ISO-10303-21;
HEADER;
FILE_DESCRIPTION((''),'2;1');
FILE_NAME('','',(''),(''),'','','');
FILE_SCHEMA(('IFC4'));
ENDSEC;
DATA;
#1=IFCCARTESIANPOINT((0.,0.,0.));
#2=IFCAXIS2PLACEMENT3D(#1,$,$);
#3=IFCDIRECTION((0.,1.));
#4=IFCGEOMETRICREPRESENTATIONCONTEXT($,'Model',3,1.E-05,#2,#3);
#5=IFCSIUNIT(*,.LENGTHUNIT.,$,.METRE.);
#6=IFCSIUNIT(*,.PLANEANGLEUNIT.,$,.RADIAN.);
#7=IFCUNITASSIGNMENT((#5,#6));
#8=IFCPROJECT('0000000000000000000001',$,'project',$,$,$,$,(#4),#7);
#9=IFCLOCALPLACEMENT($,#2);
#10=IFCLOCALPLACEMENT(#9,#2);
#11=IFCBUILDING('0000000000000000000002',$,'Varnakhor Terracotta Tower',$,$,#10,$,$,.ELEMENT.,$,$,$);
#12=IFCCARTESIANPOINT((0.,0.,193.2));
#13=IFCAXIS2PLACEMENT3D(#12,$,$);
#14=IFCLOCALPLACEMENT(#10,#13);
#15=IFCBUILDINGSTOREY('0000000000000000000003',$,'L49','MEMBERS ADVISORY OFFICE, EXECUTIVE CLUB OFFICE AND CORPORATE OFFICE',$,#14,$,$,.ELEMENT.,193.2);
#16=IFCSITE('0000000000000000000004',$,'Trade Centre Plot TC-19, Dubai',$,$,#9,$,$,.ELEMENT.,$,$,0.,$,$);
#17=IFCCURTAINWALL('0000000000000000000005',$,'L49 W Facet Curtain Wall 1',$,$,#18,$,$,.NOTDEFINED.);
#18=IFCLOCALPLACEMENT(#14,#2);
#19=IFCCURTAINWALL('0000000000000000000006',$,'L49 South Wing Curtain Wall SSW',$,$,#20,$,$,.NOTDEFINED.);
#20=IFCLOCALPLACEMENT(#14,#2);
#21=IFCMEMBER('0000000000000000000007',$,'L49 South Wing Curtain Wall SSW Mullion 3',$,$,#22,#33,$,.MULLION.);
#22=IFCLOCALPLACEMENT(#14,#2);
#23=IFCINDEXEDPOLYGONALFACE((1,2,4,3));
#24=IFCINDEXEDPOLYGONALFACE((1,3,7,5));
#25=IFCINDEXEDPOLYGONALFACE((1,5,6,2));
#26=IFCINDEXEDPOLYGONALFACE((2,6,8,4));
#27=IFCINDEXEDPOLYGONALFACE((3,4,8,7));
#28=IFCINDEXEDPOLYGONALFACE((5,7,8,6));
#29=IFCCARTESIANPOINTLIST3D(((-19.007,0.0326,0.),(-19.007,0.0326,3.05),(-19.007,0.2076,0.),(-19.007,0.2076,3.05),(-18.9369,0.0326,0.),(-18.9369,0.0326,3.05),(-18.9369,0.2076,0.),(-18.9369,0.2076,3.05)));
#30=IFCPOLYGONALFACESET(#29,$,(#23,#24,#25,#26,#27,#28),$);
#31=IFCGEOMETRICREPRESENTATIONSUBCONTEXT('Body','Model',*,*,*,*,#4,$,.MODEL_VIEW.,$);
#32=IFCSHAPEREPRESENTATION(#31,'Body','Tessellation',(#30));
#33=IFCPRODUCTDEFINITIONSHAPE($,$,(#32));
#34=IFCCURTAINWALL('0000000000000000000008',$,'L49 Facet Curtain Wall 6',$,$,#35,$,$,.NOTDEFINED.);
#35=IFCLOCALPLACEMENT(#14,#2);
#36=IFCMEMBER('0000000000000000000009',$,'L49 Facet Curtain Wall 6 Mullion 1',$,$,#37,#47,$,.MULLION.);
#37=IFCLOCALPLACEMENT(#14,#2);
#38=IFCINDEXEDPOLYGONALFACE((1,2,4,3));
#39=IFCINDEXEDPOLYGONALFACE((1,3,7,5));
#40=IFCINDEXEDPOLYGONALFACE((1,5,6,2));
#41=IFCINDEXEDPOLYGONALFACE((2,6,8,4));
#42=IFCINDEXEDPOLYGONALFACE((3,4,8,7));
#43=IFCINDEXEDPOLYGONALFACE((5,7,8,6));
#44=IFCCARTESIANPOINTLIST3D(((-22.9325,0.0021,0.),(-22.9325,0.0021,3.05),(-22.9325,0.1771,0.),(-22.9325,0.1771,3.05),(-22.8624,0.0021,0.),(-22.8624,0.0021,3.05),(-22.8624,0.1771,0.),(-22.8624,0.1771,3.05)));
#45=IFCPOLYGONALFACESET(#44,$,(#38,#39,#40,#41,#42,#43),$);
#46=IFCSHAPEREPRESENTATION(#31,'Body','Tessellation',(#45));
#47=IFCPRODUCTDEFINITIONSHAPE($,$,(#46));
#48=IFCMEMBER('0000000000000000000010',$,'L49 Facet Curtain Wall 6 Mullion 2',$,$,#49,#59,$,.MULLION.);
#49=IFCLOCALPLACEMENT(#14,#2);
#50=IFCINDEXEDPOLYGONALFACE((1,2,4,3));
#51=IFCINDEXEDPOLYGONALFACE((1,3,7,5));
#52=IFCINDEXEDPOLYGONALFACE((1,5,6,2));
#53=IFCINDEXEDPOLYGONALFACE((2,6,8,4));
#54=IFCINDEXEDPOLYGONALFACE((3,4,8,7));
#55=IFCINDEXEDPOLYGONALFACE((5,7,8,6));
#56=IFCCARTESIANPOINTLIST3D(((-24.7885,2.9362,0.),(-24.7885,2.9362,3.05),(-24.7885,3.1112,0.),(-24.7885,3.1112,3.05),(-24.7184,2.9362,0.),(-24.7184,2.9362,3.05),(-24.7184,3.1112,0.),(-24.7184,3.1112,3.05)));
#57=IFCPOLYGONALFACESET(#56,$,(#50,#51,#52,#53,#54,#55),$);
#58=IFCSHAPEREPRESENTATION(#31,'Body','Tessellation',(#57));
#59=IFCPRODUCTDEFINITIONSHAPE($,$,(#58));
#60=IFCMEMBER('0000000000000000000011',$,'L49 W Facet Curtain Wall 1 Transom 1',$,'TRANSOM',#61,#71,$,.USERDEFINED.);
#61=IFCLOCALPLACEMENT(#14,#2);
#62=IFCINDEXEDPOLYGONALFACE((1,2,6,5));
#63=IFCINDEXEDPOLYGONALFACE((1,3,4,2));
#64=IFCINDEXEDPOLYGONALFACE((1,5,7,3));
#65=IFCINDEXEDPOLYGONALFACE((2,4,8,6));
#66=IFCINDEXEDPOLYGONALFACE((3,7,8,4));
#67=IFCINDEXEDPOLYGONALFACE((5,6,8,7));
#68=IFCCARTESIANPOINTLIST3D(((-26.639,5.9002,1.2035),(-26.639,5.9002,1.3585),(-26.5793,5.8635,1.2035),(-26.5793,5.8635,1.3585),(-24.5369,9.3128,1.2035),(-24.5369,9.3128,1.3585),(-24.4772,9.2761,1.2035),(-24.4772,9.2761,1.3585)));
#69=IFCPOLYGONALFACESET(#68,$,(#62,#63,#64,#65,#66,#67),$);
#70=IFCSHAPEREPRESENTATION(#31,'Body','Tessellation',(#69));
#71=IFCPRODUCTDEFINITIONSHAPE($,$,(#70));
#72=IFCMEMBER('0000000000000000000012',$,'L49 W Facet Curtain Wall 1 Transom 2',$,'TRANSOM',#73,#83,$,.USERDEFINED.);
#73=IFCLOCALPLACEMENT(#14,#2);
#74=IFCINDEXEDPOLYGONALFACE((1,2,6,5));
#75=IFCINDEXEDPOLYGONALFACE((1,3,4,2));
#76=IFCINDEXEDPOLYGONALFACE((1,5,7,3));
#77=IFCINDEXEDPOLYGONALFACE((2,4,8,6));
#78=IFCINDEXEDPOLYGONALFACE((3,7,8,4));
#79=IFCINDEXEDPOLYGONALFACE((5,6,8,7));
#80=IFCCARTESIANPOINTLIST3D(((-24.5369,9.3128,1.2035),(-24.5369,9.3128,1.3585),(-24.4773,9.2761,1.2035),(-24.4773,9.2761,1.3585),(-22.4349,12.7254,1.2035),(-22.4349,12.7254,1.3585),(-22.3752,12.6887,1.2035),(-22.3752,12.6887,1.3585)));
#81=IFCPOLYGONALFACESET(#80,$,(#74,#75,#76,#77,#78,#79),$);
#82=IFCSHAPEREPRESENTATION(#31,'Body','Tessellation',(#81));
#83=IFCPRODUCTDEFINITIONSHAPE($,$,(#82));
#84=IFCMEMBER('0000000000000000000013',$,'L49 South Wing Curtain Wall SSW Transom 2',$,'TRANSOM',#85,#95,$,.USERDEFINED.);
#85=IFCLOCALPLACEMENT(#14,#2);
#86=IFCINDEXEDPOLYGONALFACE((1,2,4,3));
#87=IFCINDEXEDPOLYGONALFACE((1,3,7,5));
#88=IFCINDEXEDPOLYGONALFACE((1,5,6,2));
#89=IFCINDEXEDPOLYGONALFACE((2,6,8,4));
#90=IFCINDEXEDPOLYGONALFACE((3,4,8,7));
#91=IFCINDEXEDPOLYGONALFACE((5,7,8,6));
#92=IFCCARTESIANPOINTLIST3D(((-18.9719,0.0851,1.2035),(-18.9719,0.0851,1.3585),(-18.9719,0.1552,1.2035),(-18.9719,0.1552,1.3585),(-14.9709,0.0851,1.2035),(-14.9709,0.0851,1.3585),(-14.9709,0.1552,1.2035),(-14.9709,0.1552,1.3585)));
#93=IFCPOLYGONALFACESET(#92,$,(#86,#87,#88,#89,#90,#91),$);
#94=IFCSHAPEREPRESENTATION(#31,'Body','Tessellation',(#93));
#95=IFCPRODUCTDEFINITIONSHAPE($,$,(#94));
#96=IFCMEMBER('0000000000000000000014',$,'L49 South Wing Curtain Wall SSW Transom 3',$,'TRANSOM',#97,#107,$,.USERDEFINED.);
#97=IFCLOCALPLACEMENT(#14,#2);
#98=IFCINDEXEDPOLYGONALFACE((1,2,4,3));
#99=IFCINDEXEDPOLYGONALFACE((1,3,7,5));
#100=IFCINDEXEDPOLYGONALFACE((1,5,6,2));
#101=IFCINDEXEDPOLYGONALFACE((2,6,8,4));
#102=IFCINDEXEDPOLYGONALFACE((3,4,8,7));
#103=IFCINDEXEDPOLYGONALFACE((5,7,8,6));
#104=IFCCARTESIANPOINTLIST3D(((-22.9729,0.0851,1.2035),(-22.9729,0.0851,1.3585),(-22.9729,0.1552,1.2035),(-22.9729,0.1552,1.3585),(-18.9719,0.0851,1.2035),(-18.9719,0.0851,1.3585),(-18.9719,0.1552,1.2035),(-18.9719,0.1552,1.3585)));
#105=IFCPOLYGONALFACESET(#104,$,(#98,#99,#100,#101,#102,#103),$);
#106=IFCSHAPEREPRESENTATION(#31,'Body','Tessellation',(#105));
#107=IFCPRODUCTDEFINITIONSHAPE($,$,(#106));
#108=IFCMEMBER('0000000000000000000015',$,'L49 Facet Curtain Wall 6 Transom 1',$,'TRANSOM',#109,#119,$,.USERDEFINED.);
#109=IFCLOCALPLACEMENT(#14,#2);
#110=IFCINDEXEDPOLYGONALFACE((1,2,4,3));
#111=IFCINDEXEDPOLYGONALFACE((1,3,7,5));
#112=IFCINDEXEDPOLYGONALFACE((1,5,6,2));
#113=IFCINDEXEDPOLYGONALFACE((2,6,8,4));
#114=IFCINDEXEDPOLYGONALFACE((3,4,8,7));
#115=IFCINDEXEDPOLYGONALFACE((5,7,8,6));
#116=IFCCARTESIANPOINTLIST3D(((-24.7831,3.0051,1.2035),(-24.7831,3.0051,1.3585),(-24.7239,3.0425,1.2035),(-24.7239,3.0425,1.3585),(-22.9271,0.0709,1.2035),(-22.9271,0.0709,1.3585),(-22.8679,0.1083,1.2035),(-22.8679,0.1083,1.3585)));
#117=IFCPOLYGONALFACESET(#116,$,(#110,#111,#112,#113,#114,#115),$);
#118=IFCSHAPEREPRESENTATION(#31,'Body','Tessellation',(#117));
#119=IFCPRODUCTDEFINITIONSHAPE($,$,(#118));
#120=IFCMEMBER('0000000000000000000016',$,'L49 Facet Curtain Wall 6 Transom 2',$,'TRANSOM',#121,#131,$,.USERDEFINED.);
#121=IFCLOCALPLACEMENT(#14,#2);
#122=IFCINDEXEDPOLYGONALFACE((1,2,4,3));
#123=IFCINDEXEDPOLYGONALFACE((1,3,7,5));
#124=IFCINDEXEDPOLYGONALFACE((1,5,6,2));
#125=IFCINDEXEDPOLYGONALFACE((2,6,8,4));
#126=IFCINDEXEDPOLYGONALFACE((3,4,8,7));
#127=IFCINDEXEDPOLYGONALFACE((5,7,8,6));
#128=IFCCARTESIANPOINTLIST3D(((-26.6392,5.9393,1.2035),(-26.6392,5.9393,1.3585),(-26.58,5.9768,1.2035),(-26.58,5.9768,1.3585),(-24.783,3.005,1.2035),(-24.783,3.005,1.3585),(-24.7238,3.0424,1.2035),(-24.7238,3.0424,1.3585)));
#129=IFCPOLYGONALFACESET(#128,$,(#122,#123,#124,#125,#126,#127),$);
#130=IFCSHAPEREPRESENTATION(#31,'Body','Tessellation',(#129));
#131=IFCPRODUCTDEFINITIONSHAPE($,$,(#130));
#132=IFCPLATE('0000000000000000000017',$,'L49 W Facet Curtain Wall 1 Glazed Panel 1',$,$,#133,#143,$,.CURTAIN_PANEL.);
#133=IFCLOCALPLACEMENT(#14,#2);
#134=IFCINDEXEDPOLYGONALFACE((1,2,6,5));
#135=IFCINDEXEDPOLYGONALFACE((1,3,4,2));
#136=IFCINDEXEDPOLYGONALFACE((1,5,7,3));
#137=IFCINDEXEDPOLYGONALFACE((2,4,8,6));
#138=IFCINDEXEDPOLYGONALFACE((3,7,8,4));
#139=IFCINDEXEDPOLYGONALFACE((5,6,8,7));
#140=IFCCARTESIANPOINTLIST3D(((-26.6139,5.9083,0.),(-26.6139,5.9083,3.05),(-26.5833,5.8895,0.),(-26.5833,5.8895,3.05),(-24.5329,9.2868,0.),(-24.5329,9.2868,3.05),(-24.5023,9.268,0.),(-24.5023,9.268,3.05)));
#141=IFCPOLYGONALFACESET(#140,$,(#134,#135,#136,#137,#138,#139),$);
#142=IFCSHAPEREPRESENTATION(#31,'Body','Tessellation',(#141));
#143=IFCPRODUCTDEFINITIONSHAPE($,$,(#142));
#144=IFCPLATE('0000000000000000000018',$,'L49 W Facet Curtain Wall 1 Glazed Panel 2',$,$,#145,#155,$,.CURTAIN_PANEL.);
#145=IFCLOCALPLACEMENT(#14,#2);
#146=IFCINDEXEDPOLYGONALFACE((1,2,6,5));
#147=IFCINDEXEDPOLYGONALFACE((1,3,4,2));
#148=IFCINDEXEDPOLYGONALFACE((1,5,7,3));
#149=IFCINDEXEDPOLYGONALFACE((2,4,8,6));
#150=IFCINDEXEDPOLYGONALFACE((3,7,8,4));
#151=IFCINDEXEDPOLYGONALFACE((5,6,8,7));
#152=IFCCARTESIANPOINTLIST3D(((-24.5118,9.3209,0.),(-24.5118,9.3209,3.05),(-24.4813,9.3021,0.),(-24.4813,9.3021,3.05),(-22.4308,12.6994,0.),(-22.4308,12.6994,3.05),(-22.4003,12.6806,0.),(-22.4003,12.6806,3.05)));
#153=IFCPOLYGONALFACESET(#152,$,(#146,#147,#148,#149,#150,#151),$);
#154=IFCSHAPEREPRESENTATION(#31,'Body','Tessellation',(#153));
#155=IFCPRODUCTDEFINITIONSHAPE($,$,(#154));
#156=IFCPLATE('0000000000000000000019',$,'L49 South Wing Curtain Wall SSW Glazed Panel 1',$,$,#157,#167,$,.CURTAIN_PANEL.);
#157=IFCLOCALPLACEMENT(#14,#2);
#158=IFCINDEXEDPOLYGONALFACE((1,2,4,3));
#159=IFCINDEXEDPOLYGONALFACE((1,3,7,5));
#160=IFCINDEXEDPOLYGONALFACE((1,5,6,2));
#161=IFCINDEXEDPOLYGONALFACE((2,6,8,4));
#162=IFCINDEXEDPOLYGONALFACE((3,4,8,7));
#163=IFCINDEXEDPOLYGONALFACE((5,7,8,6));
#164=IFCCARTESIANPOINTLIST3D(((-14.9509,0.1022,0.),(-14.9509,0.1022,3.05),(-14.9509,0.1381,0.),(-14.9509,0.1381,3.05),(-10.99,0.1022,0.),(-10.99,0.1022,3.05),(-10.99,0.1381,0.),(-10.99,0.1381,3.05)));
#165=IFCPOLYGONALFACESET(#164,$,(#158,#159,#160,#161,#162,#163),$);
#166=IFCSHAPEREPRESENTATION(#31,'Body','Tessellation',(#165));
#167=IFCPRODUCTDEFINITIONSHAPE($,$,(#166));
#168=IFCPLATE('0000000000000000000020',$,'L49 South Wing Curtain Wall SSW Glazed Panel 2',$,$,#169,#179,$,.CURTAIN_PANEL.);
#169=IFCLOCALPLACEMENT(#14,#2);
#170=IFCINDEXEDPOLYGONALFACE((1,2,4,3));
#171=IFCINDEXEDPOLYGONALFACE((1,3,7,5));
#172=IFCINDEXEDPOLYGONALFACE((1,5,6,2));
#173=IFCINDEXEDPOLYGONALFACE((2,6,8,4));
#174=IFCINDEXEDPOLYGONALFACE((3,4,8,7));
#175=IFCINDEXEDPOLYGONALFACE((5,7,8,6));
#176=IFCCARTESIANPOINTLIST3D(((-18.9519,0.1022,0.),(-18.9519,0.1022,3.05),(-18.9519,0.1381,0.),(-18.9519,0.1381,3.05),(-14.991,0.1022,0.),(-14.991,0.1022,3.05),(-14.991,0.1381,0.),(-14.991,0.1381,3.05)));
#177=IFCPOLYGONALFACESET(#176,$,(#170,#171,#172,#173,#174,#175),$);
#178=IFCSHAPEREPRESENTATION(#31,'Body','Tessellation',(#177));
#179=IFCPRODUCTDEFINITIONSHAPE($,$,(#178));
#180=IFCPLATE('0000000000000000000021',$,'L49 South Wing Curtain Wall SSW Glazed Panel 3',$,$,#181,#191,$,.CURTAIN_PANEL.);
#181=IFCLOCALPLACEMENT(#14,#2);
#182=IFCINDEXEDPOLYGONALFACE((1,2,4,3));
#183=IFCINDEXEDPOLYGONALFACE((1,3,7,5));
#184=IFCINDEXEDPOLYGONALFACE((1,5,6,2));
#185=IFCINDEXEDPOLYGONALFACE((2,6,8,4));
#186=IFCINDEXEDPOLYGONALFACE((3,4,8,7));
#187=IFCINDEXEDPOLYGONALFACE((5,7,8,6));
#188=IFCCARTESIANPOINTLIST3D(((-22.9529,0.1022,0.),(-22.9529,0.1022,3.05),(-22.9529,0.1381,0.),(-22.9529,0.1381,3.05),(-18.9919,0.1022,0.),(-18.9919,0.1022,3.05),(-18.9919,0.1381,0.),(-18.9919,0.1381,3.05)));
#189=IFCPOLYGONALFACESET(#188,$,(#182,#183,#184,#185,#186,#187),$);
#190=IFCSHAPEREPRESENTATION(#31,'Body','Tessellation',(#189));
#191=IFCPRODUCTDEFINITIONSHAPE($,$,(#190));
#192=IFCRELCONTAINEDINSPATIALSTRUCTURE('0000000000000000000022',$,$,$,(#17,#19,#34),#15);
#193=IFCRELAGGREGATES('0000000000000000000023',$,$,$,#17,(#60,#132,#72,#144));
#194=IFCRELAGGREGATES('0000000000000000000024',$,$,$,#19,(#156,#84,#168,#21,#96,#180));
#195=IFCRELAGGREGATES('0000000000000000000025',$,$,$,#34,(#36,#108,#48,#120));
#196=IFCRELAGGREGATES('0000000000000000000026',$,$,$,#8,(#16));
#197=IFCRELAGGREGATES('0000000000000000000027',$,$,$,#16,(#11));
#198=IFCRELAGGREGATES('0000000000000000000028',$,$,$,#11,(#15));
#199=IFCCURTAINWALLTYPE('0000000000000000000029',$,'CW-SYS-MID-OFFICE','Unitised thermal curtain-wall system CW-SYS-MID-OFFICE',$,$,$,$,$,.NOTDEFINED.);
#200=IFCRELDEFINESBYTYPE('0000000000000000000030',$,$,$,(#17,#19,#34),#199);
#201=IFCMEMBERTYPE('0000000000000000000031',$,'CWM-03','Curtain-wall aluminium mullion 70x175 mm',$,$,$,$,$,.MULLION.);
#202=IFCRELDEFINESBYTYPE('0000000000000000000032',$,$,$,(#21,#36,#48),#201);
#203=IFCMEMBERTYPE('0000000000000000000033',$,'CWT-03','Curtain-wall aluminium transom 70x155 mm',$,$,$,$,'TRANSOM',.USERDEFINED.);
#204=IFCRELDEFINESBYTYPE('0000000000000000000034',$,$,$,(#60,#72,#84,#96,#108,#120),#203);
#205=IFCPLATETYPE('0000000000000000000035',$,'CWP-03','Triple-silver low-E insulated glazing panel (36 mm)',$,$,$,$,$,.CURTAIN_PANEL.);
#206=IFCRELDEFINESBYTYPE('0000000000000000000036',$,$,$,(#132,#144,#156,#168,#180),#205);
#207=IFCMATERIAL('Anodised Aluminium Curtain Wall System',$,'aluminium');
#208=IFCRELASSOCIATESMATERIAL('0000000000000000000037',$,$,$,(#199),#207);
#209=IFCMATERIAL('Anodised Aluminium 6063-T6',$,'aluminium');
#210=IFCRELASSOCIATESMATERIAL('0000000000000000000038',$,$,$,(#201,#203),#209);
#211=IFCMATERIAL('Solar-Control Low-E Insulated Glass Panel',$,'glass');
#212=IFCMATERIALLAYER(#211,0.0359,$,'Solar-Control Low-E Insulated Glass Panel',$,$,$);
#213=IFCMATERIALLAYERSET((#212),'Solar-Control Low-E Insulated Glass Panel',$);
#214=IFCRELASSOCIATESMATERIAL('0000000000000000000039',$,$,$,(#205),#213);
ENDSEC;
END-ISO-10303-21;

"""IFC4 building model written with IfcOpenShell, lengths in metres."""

from ifc_helpers import new_model, si_unit, direction, frame, origin, origin_2d, place, context, subcontext, project, spatial, rectangle, extrude, source, transform, mapped, material, layer, layer_set, material_profile, profile_set, type_object, element, aggregate, save


model = new_model("IFC4")

# Units and contexts
model_context = context("Model", 3, precision=1e-05, world=origin(), true_north=direction((0.0, 1.0)))
body_context = subcontext(model_context, "Body", "Model", "MODEL_VIEW")
ifc_project = project(units=[si_unit("LENGTHUNIT", "METRE"), si_unit("PLANEANGLEUNIT", "RADIAN")], contexts=[model_context])

# Site, building, storey
site_placement = place(None, origin())
site = spatial("IfcSite", under=ifc_project, at=site_placement, Name="Trade Centre Plot TC-19, Dubai", CompositionType="ELEMENT", RefElevation=0.0)
building_placement = place(site_placement, origin())
building = spatial("IfcBuilding", under=site, at=building_placement, Name="Varnakhor Terracotta Tower", CompositionType="ELEMENT")
storey_placement = place(building_placement, frame((0.0, 0.0, 193.2)))
storey = spatial("IfcBuildingStorey", under=building, at=storey_placement, Name="L49", Description="MEMBERS ADVISORY OFFICE, EXECUTIVE CLUB OFFICE AND CORPORATE OFFICE", CompositionType="ELEMENT", Elevation=193.2)

# Curtain walls, members
ifc_material_1 = material(Name="Anodised Aluminium Curtain Wall System", Category="aluminium")
curtain_wall_type = type_object("IfcCurtainWallType", Name="CW-SYS-MID-OFFICE", Description="Unitised thermal curtain-wall system CW-SYS-MID-OFFICE", PredefinedType="NOTDEFINED", material=ifc_material_1)
curtain_wall_1_placement = place(storey_placement, origin())
curtain_wall_1 = element("IfcCurtainWall", 1, at=curtain_wall_1_placement, inside=storey, type_object=curtain_wall_type, Name="L49 W Facet Curtain Wall 1", PredefinedType="NOTDEFINED")
ifc_material_2 = material(Name="Anodised Aluminium 6063-T6", Category="aluminium")
ifc_material_profile_1 = material_profile(ifc_material_2, rectangle(XDim=0.0701, YDim=0.175, at=origin_2d()), Name="ALU MULLION 70x175")
ifc_profile_set_1 = profile_set([ifc_material_profile_1], Name="Anodised Aluminium 6063-T6")
member_type_1 = type_object("IfcMemberType", Name="CWM-03", Description="Curtain-wall aluminium mullion 70x175 mm", PredefinedType="MULLION", material=ifc_profile_set_1)
shared_shape_1 = source(origin(), body_context, "Body", "SweptSolid", [
    extrude(rectangle(XDim=0.0701, YDim=0.175, at=origin_2d()), origin(), (0.0, 0.0, 1.0), 3.05),
])
curtain_wall_2_placement = place(storey_placement, origin())
curtain_wall_2 = element("IfcCurtainWall", 2, at=curtain_wall_2_placement, inside=storey, type_object=curtain_wall_type, Name="L49 South Wing Curtain Wall SSW", PredefinedType="NOTDEFINED")
member_1_placement = place(storey_placement, frame((-18.9719, 0.1201, 0.0), z_axis=(0.0, 0.0, 1.0), x_axis=(1.0, 0.0, 0.0)))
member_1 = element("IfcMember", 3, at=member_1_placement, type_object=member_type_1, Name="L49 South Wing Curtain Wall SSW Mullion 3", PredefinedType="MULLION", context=body_context, shape_type="MappedRepresentation", body=[
    mapped(shared_shape_1, transform((0.0, 0.0, 0.0), scale=1.0)),
])
curtain_wall_3_placement = place(storey_placement, origin())
curtain_wall_3 = element("IfcCurtainWall", 4, at=curtain_wall_3_placement, inside=storey, type_object=curtain_wall_type, Name="L49 Facet Curtain Wall 6", PredefinedType="NOTDEFINED")
member_2_placement = place(storey_placement, frame((-22.8975, 0.0896, 0.0), z_axis=(0.0, 0.0, 1.0), x_axis=(1.0, 0.0, 0.0)))
member_2 = element("IfcMember", 5, at=member_2_placement, type_object=member_type_1, Name="L49 Facet Curtain Wall 6 Mullion 1", PredefinedType="MULLION", context=body_context, shape_type="MappedRepresentation", body=[
    mapped(shared_shape_1, transform((0.0, 0.0, 0.0), scale=1.0)),
])
member_3_placement = place(storey_placement, frame((-24.7534, 3.0237, 0.0), z_axis=(0.0, 0.0, 1.0), x_axis=(1.0, 0.0, 0.0)))
member_3 = element("IfcMember", 6, at=member_3_placement, type_object=member_type_1, Name="L49 Facet Curtain Wall 6 Mullion 2", PredefinedType="MULLION", context=body_context, shape_type="MappedRepresentation", body=[
    mapped(shared_shape_1, transform((0.0, 0.0, 0.0), scale=1.0)),
])

# Members
ifc_material_profile_2 = material_profile(ifc_material_2, rectangle(XDim=0.0701, YDim=0.155, at=origin_2d()), Name="ALU TRANSOM 70x155")
ifc_profile_set_2 = profile_set([ifc_material_profile_2], Name="Anodised Aluminium 6063-T6")
member_type_2 = type_object("IfcMemberType", Name="CWT-03", Description="Curtain-wall aluminium transom 70x155 mm", ElementType="TRANSOM", PredefinedType="USERDEFINED", material=ifc_profile_set_2)
shared_shape_2 = source(origin(), body_context, "Body", "SweptSolid", [
    extrude(rectangle(XDim=0.0701, YDim=0.155, at=origin_2d()), origin(), (0.0, 0.0, 1.0), 4.0081),
])
member_4_placement = place(storey_placement, frame((-26.6091, 5.8818, 1.281), z_axis=(0.524458, 0.851437, 0.0), x_axis=(-0.851437, 0.524458, 0.0)))
member_4 = element("IfcMember", 7, at=member_4_placement, type_object=member_type_2, Name="L49 W Facet Curtain Wall 1 Transom 1", ObjectType="TRANSOM", PredefinedType="USERDEFINED", context=body_context, shape_type="MappedRepresentation", body=[
    mapped(shared_shape_2, transform((0.0, 0.0, 0.0), scale=1.0)),
])
member_5_placement = place(storey_placement, frame((-24.5071, 9.2944, 1.281), z_axis=(0.524458, 0.851437, 0.0), x_axis=(-0.851437, 0.524458, 0.0)))
member_5 = element("IfcMember", 8, at=member_5_placement, type_object=member_type_2, Name="L49 W Facet Curtain Wall 1 Transom 2", ObjectType="TRANSOM", PredefinedType="USERDEFINED", context=body_context, shape_type="MappedRepresentation", body=[
    mapped(shared_shape_2, transform((0.0, 0.0, 0.0), scale=1.0)),
])
shared_shape_3 = source(origin(), body_context, "Body", "SweptSolid", [
    extrude(rectangle(XDim=0.0701, YDim=0.155, at=origin_2d()), origin(), (0.0, 0.0, 1.0), 4.001),
])
member_6_placement = place(storey_placement, frame((-14.9709, 0.1201, 1.281), z_axis=(-1.0, 0.0, 0.0), x_axis=(0.0, -1.0, 0.0)))
member_6 = element("IfcMember", 9, at=member_6_placement, type_object=member_type_2, Name="L49 South Wing Curtain Wall SSW Transom 2", ObjectType="TRANSOM", PredefinedType="USERDEFINED", context=body_context, shape_type="MappedRepresentation", body=[
    mapped(shared_shape_3, transform((0.0, 0.0, 0.0), scale=1.0)),
])
member_7_placement = place(storey_placement, frame((-18.9719, 0.1201, 1.281), z_axis=(-1.0, 0.0, 0.0), x_axis=(0.0, -1.0, 0.0)))
member_7 = element("IfcMember", 10, at=member_7_placement, type_object=member_type_2, Name="L49 South Wing Curtain Wall SSW Transom 3", ObjectType="TRANSOM", PredefinedType="USERDEFINED", context=body_context, shape_type="MappedRepresentation", body=[
    mapped(shared_shape_3, transform((0.0, 0.0, 0.0), scale=1.0)),
])
shared_shape_4 = source(origin(), body_context, "Body", "SweptSolid", [
    extrude(rectangle(XDim=0.0701, YDim=0.155, at=origin_2d()), origin(), (0.0, 0.0, 1.0), 3.4719),
])
member_8_placement = place(storey_placement, frame((-22.8975, 0.0896, 1.281), z_axis=(-0.53458, 0.845118, 0.0), x_axis=(-0.845118, -0.53458, 0.0)))
member_8 = element("IfcMember", 11, at=member_8_placement, type_object=member_type_2, Name="L49 Facet Curtain Wall 6 Transom 1", ObjectType="TRANSOM", PredefinedType="USERDEFINED", context=body_context, shape_type="MappedRepresentation", body=[
    mapped(shared_shape_4, transform((0.0, 0.0, 0.0), scale=1.0)),
])
shared_shape_5 = source(origin(), body_context, "Body", "SweptSolid", [
    extrude(rectangle(XDim=0.0701, YDim=0.155, at=origin_2d()), origin(), (0.0, 0.0, 1.0), 3.4722),
])
member_9_placement = place(storey_placement, frame((-24.7534, 3.0237, 1.281), z_axis=(-0.534599, 0.845106, 0.0), x_axis=(-0.845106, -0.534599, 0.0)))
member_9 = element("IfcMember", 12, at=member_9_placement, type_object=member_type_2, Name="L49 Facet Curtain Wall 6 Transom 2", ObjectType="TRANSOM", PredefinedType="USERDEFINED", context=body_context, shape_type="MappedRepresentation", body=[
    mapped(shared_shape_5, transform((0.0, 0.0, 0.0), scale=1.0)),
])

# Plates
ifc_material_3 = material(Name="Solar-Control Low-E Insulated Glass Panel", Category="glass")
ifc_layer_1 = layer(ifc_material_3, 0.0359, Name="Solar-Control Low-E Insulated Glass Panel")
ifc_layer_set_1 = layer_set([ifc_layer_1], Name="Solar-Control Low-E Insulated Glass Panel")
plate_type = type_object("IfcPlateType", Name="CWP-03", Description="Triple-silver low-E insulated glazing panel (36 mm)", PredefinedType="CURTAIN_PANEL", material=ifc_layer_set_1)
shared_shape_6 = source(origin(), body_context, "Body", "SweptSolid", [
    extrude(rectangle(XDim=3.968, YDim=0.0359, at=origin_2d()), origin(), (0.0, 0.0, 1.0), 3.05),
])
plate_1_placement = place(storey_placement, frame((-25.5581, 7.5881, 0.0), z_axis=(0.0, 0.0, 1.0), x_axis=(0.524447, 0.851443, 0.0)))
plate_1 = element("IfcPlate", 13, at=plate_1_placement, type_object=plate_type, Name="L49 W Facet Curtain Wall 1 Glazed Panel 1", PredefinedType="CURTAIN_PANEL", context=body_context, shape_type="MappedRepresentation", body=[
    mapped(shared_shape_6, transform((0.0, 0.0, 0.0), scale=1.0)),
])
plate_2_placement = place(storey_placement, frame((-23.4561, 11.0007, 0.0), z_axis=(0.0, 0.0, 1.0), x_axis=(0.524447, 0.851443, 0.0)))
plate_2 = element("IfcPlate", 14, at=plate_2_placement, type_object=plate_type, Name="L49 W Facet Curtain Wall 1 Glazed Panel 2", PredefinedType="CURTAIN_PANEL", context=body_context, shape_type="MappedRepresentation", body=[
    mapped(shared_shape_6, transform((0.0, 0.0, 0.0), scale=1.0)),
])
aggregate(curtain_wall_1, [member_4, plate_1, member_5, plate_2])
shared_shape_7 = source(origin(), body_context, "Body", "SweptSolid", [
    extrude(rectangle(XDim=3.9609, YDim=0.0359, at=origin_2d()), origin(), (0.0, 0.0, 1.0), 3.05),
])
plate_3_placement = place(storey_placement, frame((-12.9705, 0.1201, 0.0), z_axis=(0.0, 0.0, 1.0), x_axis=(-1.0, 0.0, 0.0)))
plate_3 = element("IfcPlate", 15, at=plate_3_placement, type_object=plate_type, Name="L49 South Wing Curtain Wall SSW Glazed Panel 1", PredefinedType="CURTAIN_PANEL", context=body_context, shape_type="MappedRepresentation", body=[
    mapped(shared_shape_7, transform((0.0, 0.0, 0.0), scale=1.0)),
])
plate_4_placement = place(storey_placement, frame((-16.9714, 0.1201, 0.0), z_axis=(0.0, 0.0, 1.0), x_axis=(-1.0, 0.0, 0.0)))
plate_4 = element("IfcPlate", 16, at=plate_4_placement, type_object=plate_type, Name="L49 South Wing Curtain Wall SSW Glazed Panel 2", PredefinedType="CURTAIN_PANEL", context=body_context, shape_type="MappedRepresentation", body=[
    mapped(shared_shape_7, transform((0.0, 0.0, 0.0), scale=1.0)),
])
plate_5_placement = place(storey_placement, frame((-20.9724, 0.1201, 0.0), z_axis=(0.0, 0.0, 1.0), x_axis=(-1.0, 0.0, 0.0)))
plate_5 = element("IfcPlate", 17, at=plate_5_placement, type_object=plate_type, Name="L49 South Wing Curtain Wall SSW Glazed Panel 3", PredefinedType="CURTAIN_PANEL", context=body_context, shape_type="MappedRepresentation", body=[
    mapped(shared_shape_7, transform((0.0, 0.0, 0.0), scale=1.0)),
])
aggregate(curtain_wall_2, [plate_3, member_6, plate_4, member_1, member_7, plate_5])
aggregate(curtain_wall_3, [member_2, member_8, member_3, member_9])

save(model, "model.ifc")
